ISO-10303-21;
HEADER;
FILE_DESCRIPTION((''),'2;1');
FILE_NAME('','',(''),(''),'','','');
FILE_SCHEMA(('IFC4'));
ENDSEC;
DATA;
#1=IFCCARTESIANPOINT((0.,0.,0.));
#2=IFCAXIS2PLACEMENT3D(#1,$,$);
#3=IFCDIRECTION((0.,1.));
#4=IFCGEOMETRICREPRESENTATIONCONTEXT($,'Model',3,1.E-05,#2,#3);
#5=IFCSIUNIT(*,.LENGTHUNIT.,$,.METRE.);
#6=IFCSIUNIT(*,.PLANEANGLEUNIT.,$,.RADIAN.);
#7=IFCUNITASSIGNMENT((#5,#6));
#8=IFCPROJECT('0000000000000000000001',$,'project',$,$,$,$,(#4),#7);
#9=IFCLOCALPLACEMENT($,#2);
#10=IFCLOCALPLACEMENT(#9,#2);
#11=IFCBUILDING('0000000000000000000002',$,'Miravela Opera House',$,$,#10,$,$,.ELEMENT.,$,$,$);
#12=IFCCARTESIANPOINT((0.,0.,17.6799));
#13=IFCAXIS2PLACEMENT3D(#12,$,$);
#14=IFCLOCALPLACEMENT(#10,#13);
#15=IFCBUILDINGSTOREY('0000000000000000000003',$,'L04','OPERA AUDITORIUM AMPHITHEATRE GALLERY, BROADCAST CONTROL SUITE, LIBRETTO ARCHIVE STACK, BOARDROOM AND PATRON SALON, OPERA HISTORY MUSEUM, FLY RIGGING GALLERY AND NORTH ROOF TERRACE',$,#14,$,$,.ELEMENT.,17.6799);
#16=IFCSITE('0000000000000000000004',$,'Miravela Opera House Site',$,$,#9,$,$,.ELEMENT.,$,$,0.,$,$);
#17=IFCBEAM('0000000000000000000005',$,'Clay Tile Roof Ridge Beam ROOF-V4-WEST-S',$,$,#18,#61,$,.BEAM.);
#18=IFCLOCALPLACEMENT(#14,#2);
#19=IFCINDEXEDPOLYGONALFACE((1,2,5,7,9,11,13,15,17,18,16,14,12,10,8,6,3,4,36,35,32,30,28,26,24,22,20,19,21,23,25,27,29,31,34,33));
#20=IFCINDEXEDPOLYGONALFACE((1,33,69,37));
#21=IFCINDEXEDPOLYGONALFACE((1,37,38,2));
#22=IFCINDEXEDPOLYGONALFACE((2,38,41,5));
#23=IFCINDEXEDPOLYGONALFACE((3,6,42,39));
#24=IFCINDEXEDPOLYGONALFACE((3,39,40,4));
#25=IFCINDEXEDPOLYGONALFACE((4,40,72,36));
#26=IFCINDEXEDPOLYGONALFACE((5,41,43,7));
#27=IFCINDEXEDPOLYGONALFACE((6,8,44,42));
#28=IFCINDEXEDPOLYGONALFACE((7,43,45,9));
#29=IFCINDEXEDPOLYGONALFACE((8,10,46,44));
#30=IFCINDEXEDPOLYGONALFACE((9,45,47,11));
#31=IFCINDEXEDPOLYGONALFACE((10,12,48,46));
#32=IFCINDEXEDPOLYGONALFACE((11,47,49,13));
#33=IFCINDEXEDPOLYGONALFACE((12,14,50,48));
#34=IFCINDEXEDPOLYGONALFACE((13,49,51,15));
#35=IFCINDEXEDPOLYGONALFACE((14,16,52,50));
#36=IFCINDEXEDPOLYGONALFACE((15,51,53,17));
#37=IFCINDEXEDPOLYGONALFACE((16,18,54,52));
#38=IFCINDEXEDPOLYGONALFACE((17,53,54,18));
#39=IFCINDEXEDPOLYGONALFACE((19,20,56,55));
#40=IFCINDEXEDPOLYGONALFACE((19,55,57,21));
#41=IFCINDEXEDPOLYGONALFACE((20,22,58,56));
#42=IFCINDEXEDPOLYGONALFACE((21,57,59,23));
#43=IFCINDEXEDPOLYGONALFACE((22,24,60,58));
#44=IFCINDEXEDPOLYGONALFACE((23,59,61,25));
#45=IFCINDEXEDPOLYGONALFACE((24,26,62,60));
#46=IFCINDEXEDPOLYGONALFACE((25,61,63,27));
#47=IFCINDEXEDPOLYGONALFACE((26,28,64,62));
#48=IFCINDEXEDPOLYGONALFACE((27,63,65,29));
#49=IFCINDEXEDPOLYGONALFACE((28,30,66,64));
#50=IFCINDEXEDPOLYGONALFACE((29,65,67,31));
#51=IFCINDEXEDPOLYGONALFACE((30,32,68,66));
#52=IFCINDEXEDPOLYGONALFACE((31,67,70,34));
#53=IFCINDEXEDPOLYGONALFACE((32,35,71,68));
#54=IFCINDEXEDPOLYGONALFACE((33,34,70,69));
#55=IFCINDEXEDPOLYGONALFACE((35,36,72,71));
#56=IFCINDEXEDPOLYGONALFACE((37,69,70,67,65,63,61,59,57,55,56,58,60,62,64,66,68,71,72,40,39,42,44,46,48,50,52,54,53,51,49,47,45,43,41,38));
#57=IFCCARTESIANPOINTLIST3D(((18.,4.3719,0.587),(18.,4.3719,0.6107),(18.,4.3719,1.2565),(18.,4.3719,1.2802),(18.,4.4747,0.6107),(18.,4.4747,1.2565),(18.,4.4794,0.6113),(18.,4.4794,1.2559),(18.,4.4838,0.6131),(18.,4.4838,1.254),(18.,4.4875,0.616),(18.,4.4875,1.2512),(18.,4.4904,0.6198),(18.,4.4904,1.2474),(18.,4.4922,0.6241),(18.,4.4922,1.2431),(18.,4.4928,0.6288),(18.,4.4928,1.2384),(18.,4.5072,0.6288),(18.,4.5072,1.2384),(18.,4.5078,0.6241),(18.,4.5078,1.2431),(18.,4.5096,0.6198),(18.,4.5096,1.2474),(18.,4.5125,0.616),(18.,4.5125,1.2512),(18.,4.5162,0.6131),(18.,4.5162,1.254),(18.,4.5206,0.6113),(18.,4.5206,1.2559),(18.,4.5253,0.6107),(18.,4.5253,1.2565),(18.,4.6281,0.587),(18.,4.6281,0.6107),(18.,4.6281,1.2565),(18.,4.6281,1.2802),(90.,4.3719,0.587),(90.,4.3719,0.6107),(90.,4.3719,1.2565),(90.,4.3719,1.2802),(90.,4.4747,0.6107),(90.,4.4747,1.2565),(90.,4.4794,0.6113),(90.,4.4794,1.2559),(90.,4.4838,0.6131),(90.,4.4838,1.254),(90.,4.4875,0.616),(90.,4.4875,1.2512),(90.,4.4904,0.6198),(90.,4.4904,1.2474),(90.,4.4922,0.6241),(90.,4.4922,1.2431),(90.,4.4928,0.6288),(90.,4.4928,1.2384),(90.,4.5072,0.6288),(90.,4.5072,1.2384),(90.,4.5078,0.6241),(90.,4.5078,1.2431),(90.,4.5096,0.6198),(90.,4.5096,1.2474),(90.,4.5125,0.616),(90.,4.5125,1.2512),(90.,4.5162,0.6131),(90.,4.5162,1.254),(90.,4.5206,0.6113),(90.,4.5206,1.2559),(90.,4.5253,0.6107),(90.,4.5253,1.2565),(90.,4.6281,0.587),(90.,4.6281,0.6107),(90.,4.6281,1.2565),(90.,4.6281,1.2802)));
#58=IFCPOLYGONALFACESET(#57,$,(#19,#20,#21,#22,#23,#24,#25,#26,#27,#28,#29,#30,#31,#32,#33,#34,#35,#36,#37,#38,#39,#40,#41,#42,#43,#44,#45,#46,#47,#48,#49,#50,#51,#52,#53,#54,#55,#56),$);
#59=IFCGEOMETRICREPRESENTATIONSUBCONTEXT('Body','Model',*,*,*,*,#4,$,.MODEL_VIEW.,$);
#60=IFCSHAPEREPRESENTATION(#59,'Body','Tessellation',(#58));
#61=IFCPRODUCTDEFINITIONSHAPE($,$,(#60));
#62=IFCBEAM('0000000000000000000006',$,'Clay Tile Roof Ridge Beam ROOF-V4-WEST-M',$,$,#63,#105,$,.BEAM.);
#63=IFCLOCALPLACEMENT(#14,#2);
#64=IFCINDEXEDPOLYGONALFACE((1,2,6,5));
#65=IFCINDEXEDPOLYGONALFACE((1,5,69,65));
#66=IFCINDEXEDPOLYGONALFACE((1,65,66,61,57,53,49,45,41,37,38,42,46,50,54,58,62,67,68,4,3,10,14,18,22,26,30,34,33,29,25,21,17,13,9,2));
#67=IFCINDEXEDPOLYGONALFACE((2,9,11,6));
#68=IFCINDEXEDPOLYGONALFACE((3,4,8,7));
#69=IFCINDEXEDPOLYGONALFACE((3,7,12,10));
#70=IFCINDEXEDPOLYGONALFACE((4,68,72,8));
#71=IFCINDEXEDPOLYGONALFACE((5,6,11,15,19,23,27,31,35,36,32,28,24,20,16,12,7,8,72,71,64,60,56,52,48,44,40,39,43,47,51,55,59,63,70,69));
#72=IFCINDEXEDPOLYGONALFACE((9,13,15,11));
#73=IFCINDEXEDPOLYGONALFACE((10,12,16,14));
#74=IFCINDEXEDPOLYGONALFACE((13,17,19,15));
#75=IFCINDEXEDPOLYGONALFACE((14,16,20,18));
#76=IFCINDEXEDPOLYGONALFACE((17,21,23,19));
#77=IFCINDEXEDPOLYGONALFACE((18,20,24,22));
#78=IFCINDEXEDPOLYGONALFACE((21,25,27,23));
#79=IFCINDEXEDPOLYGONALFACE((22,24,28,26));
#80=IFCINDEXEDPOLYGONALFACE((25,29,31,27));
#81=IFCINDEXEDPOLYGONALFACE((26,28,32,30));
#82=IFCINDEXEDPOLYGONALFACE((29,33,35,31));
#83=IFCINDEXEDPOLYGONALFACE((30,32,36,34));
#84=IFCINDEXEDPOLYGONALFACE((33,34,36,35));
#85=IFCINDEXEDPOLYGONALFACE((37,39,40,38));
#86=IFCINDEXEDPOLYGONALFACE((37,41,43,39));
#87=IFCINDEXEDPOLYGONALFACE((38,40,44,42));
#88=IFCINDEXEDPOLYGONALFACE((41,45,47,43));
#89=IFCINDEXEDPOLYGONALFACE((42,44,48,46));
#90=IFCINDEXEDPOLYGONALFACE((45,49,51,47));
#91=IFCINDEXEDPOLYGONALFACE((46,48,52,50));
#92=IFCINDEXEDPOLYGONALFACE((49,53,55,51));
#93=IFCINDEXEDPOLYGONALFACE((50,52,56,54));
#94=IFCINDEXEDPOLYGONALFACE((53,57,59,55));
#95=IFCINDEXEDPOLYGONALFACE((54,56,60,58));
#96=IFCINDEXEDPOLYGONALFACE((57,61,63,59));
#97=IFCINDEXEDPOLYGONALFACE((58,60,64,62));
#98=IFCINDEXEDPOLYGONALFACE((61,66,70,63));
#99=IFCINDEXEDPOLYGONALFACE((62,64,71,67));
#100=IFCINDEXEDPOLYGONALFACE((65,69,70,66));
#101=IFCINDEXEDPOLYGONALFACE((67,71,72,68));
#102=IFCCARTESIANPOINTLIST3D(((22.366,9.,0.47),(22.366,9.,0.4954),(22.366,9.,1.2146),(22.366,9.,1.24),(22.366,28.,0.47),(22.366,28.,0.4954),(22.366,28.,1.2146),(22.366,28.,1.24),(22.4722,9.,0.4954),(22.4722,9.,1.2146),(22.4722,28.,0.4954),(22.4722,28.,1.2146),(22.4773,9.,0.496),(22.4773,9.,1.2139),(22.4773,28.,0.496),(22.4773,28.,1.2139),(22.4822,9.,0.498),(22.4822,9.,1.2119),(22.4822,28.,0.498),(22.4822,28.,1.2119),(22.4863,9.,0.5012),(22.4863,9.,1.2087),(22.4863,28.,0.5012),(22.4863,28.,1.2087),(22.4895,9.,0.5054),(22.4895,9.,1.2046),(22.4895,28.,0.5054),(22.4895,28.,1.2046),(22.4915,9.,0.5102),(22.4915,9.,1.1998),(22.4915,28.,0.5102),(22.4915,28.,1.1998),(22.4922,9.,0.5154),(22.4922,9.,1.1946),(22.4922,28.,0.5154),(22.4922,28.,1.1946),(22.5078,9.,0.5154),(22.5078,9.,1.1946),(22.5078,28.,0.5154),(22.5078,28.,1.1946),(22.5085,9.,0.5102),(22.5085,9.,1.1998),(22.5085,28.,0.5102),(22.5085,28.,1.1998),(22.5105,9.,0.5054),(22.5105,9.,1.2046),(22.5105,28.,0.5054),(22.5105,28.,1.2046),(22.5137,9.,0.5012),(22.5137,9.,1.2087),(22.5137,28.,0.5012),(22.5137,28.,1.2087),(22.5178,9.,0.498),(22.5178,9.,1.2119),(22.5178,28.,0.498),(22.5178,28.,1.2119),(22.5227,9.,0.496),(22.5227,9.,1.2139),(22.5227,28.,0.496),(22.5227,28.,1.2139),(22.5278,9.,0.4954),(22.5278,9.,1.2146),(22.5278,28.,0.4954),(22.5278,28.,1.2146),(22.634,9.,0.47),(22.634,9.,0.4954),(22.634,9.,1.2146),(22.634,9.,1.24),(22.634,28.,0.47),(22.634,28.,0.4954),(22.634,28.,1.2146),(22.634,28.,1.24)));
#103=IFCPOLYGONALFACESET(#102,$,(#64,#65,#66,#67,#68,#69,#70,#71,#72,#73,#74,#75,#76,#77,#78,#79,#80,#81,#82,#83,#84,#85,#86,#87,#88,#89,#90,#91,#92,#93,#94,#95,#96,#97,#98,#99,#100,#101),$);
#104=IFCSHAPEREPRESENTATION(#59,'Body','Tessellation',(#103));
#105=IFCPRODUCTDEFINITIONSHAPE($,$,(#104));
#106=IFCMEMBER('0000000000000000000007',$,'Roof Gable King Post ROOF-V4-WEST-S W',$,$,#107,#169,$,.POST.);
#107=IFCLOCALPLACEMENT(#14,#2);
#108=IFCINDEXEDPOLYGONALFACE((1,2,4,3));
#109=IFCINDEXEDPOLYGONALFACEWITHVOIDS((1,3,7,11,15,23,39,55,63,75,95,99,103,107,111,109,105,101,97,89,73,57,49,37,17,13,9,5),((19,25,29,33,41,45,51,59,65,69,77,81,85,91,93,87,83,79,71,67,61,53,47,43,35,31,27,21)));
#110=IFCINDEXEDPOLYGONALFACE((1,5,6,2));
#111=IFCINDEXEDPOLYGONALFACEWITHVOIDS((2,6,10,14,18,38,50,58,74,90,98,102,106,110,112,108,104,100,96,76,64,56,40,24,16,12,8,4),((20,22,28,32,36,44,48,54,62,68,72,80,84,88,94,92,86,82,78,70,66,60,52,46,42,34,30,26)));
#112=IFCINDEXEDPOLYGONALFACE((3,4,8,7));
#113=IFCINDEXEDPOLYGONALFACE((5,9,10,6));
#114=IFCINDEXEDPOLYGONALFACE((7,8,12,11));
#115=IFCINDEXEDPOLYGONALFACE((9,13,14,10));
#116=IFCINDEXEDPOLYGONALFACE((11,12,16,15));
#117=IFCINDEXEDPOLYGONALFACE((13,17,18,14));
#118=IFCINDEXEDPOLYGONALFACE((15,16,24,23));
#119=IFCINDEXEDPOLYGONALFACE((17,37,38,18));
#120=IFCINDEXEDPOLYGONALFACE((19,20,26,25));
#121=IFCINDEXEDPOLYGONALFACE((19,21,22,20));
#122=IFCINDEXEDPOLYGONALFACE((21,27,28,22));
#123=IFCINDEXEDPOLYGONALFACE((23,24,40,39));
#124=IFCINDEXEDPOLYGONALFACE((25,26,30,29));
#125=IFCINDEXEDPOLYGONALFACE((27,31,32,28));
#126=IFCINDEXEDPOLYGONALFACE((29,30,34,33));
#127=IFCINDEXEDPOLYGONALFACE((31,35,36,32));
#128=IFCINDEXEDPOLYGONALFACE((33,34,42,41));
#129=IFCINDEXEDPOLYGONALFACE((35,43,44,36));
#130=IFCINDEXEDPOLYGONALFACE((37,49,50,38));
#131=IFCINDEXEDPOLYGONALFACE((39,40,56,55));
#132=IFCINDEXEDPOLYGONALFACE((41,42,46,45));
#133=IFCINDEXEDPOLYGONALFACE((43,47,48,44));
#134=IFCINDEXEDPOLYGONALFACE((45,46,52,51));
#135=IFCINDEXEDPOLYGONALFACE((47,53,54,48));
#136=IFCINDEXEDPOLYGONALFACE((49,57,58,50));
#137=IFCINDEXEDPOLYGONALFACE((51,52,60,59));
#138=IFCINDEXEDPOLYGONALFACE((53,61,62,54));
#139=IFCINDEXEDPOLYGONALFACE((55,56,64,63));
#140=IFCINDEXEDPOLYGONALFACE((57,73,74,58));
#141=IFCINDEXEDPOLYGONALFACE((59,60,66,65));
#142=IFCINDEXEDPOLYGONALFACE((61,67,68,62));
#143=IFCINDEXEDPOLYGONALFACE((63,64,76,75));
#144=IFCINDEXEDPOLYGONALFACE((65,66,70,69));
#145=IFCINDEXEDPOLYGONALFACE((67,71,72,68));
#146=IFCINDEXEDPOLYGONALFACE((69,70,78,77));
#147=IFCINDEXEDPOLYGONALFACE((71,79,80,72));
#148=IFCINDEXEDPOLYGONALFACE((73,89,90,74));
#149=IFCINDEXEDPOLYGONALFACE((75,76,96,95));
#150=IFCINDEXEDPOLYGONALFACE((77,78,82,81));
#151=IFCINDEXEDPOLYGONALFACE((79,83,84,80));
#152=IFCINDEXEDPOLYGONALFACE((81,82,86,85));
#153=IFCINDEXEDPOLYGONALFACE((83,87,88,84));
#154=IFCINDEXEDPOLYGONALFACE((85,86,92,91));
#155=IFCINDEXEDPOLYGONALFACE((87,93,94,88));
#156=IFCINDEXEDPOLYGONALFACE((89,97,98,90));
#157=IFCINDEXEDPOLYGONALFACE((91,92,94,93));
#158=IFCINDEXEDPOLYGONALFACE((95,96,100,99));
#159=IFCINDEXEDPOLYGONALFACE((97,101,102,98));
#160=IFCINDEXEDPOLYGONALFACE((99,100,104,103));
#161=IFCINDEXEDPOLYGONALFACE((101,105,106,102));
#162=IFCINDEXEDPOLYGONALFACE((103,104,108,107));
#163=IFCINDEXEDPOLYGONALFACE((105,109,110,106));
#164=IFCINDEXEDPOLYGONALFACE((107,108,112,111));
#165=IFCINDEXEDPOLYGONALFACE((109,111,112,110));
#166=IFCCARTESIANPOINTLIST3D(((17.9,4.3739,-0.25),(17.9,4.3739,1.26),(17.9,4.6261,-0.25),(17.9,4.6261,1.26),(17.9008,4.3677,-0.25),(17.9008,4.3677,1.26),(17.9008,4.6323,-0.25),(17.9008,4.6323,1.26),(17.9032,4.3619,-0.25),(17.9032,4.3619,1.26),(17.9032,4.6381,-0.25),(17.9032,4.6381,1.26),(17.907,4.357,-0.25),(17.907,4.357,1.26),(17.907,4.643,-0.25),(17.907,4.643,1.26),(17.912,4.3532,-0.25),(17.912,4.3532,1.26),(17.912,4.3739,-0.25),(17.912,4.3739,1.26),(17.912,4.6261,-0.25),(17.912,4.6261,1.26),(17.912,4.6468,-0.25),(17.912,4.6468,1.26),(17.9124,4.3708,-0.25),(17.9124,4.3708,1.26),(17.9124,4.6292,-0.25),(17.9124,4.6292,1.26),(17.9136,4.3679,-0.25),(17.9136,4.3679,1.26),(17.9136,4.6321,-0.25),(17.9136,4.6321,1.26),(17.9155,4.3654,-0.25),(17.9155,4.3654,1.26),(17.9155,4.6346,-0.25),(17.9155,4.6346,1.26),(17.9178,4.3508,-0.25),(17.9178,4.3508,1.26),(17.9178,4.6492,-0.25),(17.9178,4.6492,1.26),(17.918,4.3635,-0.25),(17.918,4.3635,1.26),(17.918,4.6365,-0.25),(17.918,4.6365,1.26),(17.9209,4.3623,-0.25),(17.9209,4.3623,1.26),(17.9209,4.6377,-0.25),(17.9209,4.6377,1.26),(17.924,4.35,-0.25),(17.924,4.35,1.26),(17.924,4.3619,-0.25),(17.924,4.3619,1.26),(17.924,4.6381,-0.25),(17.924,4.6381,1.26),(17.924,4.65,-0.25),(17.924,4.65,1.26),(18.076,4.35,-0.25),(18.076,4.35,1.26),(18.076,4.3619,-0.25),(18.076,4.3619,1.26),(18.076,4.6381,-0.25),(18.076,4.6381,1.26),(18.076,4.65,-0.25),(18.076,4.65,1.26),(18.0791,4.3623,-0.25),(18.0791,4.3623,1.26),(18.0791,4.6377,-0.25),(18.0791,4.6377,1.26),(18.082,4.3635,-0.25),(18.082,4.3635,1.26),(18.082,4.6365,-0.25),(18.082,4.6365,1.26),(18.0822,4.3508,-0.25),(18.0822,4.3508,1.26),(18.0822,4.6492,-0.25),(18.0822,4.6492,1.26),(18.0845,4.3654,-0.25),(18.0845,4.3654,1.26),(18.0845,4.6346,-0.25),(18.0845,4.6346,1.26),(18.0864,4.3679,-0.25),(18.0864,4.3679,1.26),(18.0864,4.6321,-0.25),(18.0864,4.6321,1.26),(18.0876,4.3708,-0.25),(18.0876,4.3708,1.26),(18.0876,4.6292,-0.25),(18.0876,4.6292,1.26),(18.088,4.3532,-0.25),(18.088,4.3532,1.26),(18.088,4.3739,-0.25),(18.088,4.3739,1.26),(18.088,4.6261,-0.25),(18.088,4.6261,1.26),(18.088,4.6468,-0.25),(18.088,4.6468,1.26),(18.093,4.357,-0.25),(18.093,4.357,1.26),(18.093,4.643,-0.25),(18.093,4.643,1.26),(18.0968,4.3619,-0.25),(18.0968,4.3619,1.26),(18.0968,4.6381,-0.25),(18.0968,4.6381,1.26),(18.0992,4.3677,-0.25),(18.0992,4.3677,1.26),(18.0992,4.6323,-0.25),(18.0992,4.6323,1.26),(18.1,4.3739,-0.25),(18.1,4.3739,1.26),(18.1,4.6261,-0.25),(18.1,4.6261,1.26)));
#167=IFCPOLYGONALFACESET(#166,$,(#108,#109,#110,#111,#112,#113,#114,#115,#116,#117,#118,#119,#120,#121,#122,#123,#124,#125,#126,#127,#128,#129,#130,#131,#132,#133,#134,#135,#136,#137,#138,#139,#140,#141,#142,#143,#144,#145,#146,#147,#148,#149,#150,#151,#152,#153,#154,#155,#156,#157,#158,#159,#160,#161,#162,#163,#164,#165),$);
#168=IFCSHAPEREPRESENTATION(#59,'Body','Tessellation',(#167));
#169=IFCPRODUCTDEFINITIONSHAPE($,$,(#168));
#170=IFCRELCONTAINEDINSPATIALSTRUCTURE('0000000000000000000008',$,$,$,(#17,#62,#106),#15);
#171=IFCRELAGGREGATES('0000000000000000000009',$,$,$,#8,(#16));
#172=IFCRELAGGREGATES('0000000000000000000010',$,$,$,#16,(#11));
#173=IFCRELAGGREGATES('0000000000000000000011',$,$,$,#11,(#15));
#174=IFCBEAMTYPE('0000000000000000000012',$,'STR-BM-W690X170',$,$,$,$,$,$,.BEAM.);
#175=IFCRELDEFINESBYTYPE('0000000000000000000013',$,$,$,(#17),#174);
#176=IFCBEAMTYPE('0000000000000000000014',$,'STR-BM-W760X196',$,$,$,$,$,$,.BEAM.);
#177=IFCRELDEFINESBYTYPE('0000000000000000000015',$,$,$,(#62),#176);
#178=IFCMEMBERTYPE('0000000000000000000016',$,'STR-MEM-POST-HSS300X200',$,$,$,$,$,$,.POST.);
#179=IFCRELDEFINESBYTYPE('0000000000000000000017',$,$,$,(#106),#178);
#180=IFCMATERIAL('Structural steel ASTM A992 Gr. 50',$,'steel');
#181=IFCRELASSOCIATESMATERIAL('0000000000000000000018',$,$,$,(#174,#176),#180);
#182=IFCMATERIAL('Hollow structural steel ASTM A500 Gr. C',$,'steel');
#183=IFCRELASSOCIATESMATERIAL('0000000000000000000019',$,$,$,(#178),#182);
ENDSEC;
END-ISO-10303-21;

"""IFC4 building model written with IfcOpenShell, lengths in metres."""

from ifc_helpers import new_model, si_unit, direction, frame, origin, origin_2d, place, context, subcontext, project, spatial, hollow_rectangle, i_section, extrude, material, material_profile, profile_set, type_object, element, save


model = new_model("IFC4")

# Units and contexts
model_context = context("Model", 3, precision=1e-05, world=origin(), true_north=direction((0.0, 1.0)))
body_context = subcontext(model_context, "Body", "Model", "MODEL_VIEW")
ifc_project = project(units=[si_unit("LENGTHUNIT", "METRE"), si_unit("PLANEANGLEUNIT", "RADIAN")], contexts=[model_context])

# Site, building, storey
site_placement = place(None, origin())
site = spatial("IfcSite", under=ifc_project, at=site_placement, Name="Miravela Opera House Site", CompositionType="ELEMENT", RefElevation=0.0)
building_placement = place(site_placement, origin())
building = spatial("IfcBuilding", under=site, at=building_placement, Name="Miravela Opera House", CompositionType="ELEMENT")
storey_placement = place(building_placement, frame((0.0, 0.0, 17.6799)))
storey = spatial("IfcBuildingStorey", under=building, at=storey_placement, Name="L04", Description="OPERA AUDITORIUM AMPHITHEATRE GALLERY, BROADCAST CONTROL SUITE, LIBRETTO ARCHIVE STACK, BOARDROOM AND PATRON SALON, OPERA HISTORY MUSEUM, FLY RIGGING GALLERY AND NORTH ROOF TERRACE", CompositionType="ELEMENT", Elevation=17.6799)

# Beams
ifc_material_1 = material(Name="Structural steel ASTM A992 Gr. 50", Category="steel")
ifc_material_profile_1 = material_profile(ifc_material_1, i_section(OverallWidth=0.2561, OverallDepth=0.6931, WebThickness=0.0144, FlangeThickness=0.0237, FilletRadius=0.0181, at=origin_2d()), Name="W690X170")
ifc_profile_set_1 = profile_set([ifc_material_profile_1])
beam_type_1 = type_object("IfcBeamType", Name="STR-BM-W690X170", PredefinedType="BEAM", material=ifc_profile_set_1)
beam_1_placement = place(storey_placement, frame((18.0, 4.5, 0.9336), z_axis=(1.0, 0.0, 0.0), x_axis=(0.0, 1.0, 0.0)))
element("IfcBeam", 1, at=beam_1_placement, inside=storey, type_object=beam_type_1, Name="Clay Tile Roof Ridge Beam ROOF-V4-WEST-S", PredefinedType="BEAM", context=body_context, shape_type="SweptSolid", body=[
    extrude(i_section(OverallWidth=0.2561, OverallDepth=0.6931, WebThickness=0.0144, FlangeThickness=0.0237, FilletRadius=0.0181, at=origin_2d()), origin(), (0.0, 0.0, 1.0), 72.0),
])
ifc_material_profile_2 = material_profile(ifc_material_1, i_section(OverallWidth=0.2681, OverallDepth=0.77, WebThickness=0.0156, FlangeThickness=0.0254, FilletRadius=0.02, at=origin_2d()), Name="W760X196")
ifc_profile_set_2 = profile_set([ifc_material_profile_2])
beam_type_2 = type_object("IfcBeamType", Name="STR-BM-W760X196", PredefinedType="BEAM", material=ifc_profile_set_2)
beam_2_placement = place(storey_placement, frame((22.5, 9.0, 0.855), z_axis=(0.0, 1.0, 0.0), x_axis=(-1.0, 0.0, 0.0)))
element("IfcBeam", 2, at=beam_2_placement, inside=storey, type_object=beam_type_2, Name="Clay Tile Roof Ridge Beam ROOF-V4-WEST-M", PredefinedType="BEAM", context=body_context, shape_type="SweptSolid", body=[
    extrude(i_section(OverallWidth=0.2681, OverallDepth=0.77, WebThickness=0.0156, FlangeThickness=0.0254, FilletRadius=0.02, at=origin_2d()), origin(), (0.0, 0.0, 1.0), 19.0),
])

# Member
ifc_material_2 = material(Name="Hollow structural steel ASTM A500 Gr. C", Category="steel")
ifc_material_profile_3 = material_profile(ifc_material_2, hollow_rectangle(XDim=0.2, YDim=0.3, WallThickness=0.012, InnerFilletRadius=0.012, OuterFilletRadius=0.0239, at=origin_2d()), Name="HSS300X200X12")
ifc_profile_set_3 = profile_set([ifc_material_profile_3])
member_type_1 = type_object("IfcMemberType", Name="STR-MEM-POST-HSS300X200", PredefinedType="POST", material=ifc_profile_set_3)
member_1_placement = place(storey_placement, frame((18.0, 4.5, -0.25), z_axis=(0.0, 0.0, 1.0), x_axis=(1.0, 0.0, 0.0)))
element("IfcMember", 3, at=member_1_placement, inside=storey, type_object=member_type_1, Name="Roof Gable King Post ROOF-V4-WEST-S W", PredefinedType="POST", context=body_context, shape_type="SweptSolid", body=[
    extrude(hollow_rectangle(XDim=0.2, YDim=0.3, WallThickness=0.012, InnerFilletRadius=0.012, OuterFilletRadius=0.0239, at=origin_2d()), origin(), (0.0, 0.0, 1.0), 1.51),
])

save(model, "model.ifc")
